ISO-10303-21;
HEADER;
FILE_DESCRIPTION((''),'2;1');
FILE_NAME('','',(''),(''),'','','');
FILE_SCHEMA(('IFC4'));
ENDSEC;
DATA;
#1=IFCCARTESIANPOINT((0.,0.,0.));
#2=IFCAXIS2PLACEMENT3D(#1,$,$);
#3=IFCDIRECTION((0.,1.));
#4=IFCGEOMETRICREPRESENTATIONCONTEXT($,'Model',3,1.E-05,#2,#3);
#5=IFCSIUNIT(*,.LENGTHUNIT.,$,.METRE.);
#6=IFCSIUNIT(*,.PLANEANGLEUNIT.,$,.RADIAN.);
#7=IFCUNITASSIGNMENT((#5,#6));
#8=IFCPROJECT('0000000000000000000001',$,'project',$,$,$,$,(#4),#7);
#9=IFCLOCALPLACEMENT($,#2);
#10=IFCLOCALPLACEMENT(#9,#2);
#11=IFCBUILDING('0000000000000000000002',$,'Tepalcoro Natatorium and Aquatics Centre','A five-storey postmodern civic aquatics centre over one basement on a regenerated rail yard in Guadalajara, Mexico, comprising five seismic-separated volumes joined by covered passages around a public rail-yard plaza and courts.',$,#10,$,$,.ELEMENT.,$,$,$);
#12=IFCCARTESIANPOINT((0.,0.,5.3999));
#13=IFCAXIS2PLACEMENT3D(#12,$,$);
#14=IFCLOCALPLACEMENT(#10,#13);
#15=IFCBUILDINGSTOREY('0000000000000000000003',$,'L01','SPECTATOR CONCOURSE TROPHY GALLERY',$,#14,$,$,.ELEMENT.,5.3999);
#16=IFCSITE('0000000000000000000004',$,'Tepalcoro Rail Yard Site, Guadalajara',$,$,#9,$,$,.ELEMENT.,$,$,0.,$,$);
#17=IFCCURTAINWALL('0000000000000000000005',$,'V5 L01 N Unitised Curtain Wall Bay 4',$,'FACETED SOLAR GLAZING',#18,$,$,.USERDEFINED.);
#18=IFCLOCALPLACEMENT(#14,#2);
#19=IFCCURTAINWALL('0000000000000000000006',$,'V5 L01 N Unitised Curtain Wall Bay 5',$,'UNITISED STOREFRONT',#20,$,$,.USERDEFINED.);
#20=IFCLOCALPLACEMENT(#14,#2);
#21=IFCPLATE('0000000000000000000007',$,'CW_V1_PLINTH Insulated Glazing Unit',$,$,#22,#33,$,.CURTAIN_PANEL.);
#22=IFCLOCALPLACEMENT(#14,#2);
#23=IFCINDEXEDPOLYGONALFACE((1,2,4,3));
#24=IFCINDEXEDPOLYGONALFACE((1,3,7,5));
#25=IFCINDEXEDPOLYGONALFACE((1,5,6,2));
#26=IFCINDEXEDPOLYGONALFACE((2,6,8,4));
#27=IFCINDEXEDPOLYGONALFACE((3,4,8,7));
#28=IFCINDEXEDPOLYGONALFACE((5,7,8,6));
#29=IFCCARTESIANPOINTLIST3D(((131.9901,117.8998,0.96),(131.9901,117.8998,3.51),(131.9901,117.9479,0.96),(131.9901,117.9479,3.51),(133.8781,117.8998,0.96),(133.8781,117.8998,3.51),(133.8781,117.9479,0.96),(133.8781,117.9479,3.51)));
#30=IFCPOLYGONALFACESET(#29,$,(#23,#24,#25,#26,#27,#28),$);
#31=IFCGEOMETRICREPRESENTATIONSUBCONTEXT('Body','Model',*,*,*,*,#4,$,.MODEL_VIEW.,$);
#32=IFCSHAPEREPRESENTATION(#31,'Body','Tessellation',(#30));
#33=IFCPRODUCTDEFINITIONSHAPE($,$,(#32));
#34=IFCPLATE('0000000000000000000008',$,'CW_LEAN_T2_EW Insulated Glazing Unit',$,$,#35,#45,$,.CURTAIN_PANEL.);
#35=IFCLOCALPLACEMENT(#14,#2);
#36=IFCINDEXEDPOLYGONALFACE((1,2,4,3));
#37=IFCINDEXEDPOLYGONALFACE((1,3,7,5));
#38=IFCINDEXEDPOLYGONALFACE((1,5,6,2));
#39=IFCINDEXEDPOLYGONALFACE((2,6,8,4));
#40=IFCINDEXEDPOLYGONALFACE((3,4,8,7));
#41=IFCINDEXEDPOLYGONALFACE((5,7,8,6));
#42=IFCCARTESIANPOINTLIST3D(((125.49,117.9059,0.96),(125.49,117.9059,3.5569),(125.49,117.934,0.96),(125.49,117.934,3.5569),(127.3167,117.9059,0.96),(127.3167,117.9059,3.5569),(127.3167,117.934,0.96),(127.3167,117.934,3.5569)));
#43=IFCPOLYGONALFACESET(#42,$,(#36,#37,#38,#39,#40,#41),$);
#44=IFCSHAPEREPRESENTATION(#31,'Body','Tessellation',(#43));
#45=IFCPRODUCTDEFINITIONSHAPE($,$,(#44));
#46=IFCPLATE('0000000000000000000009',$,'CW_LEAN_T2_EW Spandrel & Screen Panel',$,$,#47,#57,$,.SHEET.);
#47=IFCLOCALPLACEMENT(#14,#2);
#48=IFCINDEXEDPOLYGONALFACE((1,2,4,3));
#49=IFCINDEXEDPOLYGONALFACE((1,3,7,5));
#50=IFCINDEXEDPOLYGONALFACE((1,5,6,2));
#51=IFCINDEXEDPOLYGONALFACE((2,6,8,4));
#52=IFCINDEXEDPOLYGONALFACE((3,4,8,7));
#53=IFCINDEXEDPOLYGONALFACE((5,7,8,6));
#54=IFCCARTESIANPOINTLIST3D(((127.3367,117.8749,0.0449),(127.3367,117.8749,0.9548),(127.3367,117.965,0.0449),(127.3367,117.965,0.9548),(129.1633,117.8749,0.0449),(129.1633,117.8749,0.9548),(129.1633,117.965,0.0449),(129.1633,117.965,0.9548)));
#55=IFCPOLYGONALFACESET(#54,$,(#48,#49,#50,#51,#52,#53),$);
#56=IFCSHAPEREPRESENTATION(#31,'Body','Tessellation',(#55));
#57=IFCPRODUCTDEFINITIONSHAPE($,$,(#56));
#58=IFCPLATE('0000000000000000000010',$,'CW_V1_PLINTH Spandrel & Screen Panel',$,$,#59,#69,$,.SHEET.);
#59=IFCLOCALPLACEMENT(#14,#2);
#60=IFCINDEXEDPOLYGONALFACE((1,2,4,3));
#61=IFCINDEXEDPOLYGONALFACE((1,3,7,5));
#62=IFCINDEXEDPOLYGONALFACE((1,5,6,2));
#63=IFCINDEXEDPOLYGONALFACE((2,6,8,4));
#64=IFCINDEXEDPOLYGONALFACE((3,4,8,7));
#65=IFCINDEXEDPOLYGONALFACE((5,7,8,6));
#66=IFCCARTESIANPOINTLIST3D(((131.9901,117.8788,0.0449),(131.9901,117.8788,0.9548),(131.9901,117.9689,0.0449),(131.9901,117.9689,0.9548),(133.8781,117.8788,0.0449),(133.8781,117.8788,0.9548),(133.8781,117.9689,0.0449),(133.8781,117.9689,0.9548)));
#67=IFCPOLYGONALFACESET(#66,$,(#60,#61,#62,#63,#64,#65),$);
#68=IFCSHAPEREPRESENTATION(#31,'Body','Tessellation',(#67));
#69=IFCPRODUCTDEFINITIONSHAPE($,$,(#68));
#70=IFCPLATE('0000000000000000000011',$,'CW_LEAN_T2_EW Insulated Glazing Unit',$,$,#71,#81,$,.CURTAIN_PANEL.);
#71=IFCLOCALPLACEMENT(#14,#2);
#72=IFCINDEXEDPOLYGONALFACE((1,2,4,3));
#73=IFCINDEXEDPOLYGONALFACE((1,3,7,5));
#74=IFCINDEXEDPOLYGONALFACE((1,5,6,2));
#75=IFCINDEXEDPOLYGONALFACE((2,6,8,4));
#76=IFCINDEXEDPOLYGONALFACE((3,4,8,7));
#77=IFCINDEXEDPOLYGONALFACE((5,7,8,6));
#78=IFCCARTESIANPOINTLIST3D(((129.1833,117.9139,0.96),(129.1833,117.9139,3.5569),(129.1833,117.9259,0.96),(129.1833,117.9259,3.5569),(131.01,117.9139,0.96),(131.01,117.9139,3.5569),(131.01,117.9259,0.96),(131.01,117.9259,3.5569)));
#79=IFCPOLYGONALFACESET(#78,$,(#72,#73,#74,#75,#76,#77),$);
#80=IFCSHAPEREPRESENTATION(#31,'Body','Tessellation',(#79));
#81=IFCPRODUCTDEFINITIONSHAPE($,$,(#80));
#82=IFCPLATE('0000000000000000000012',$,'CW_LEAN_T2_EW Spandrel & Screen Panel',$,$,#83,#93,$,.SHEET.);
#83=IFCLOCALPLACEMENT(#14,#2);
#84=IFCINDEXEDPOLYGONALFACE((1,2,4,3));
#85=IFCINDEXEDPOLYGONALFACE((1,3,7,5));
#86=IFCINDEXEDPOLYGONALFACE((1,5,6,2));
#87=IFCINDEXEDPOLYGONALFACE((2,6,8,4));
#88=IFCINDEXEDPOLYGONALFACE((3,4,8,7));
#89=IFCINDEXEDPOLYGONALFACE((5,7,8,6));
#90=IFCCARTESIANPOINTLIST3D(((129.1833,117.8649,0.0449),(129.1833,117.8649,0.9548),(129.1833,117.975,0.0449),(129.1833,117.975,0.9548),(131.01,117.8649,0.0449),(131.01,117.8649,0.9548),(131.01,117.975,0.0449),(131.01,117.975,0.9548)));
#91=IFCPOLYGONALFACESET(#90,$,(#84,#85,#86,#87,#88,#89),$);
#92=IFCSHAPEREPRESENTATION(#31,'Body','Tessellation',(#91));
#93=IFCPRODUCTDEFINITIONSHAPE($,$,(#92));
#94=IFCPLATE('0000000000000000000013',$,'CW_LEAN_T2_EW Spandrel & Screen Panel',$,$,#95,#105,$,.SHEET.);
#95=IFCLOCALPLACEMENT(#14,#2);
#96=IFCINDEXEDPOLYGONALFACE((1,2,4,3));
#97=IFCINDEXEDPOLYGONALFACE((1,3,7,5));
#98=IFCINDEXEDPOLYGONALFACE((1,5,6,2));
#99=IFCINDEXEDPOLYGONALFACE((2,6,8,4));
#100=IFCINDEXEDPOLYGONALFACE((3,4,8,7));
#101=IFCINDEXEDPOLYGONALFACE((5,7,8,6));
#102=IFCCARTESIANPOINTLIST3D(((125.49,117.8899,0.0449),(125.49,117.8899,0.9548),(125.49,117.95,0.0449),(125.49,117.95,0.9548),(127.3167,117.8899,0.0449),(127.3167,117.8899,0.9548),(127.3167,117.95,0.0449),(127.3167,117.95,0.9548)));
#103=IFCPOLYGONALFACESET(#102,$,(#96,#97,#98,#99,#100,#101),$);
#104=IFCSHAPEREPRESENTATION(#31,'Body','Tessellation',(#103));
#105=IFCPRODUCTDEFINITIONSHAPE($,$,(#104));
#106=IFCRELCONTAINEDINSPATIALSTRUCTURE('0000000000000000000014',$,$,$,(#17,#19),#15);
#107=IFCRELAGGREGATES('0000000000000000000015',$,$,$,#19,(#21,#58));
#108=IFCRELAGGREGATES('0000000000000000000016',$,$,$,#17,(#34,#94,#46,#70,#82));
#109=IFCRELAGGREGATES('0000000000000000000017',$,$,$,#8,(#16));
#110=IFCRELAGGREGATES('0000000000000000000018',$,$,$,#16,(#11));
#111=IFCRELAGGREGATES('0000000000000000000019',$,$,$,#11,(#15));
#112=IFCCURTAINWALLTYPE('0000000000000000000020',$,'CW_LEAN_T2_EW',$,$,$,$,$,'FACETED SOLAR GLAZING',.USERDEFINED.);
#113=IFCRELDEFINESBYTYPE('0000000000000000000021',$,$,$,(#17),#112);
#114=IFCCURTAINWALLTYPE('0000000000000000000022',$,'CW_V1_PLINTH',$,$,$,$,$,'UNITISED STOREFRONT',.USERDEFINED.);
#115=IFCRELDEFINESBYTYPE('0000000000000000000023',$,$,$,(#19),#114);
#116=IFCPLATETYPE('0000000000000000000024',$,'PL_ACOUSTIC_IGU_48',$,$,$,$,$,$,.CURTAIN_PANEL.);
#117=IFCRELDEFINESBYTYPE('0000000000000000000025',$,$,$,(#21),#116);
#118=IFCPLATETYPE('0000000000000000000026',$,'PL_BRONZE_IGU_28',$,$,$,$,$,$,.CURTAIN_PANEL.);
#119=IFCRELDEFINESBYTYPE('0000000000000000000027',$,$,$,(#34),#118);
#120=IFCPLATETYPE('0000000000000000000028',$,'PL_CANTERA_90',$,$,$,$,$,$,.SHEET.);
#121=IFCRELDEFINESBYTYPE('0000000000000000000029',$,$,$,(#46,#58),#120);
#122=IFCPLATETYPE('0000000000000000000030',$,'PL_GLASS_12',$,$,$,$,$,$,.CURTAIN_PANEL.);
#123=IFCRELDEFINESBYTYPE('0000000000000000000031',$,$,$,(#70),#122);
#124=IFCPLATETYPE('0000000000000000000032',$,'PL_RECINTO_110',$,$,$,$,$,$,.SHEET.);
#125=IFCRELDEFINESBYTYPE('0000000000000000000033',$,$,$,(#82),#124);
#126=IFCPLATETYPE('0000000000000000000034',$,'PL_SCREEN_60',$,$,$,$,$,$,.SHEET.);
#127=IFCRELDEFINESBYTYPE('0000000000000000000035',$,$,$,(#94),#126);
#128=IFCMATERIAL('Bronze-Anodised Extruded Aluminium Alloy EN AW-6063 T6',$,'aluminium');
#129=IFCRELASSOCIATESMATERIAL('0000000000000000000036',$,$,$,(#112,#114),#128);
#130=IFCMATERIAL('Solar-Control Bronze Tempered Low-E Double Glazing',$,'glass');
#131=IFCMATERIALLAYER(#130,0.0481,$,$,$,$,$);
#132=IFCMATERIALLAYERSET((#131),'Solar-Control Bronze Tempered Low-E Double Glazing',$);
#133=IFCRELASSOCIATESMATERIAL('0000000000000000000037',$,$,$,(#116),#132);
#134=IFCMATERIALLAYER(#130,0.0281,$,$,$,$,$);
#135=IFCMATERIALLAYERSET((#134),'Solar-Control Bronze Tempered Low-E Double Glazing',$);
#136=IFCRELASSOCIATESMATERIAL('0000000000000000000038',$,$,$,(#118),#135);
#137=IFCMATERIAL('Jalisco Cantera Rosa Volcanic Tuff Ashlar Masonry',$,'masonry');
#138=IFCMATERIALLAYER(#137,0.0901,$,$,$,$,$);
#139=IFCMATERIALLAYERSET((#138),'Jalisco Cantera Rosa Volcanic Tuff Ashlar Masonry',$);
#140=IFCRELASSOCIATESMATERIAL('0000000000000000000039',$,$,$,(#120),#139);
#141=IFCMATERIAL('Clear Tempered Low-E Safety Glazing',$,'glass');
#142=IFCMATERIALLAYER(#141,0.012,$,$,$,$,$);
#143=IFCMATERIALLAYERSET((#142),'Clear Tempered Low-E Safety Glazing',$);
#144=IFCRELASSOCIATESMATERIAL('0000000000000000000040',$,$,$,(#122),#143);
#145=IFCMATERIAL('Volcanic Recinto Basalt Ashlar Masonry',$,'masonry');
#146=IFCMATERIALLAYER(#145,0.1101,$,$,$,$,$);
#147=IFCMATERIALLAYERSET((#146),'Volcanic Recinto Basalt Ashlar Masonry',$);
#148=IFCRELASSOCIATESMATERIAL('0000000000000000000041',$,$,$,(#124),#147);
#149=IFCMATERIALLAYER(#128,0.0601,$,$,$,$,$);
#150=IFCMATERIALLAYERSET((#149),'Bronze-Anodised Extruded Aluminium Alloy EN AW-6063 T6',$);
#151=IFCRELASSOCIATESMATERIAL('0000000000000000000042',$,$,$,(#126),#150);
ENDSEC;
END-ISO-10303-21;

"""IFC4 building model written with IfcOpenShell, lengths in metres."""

from ifc_helpers import new_model, si_unit, direction, frame, origin, origin_2d, place, context, subcontext, project, spatial, rectangle, extrude, material, layer, layer_set, type_object, element, aggregate, save


model = new_model("IFC4")

# Units and contexts
model_context = context("Model", 3, precision=1e-05, world=origin(), true_north=direction((0.0, 1.0)))
body_context = subcontext(model_context, "Body", "Model", "MODEL_VIEW")
ifc_project = project(units=[si_unit("LENGTHUNIT", "METRE"), si_unit("PLANEANGLEUNIT", "RADIAN")], contexts=[model_context])

# Site, building, storey
site_placement = place(None, origin())
site = spatial("IfcSite", under=ifc_project, at=site_placement, Name="Tepalcoro Rail Yard Site, Guadalajara", CompositionType="ELEMENT", RefElevation=0.0)
building_placement = place(site_placement, origin())
building = spatial("IfcBuilding", under=site, at=building_placement, Name="Tepalcoro Natatorium and Aquatics Centre", Description="A five-storey postmodern civic aquatics centre over one basement on a regenerated rail yard in Guadalajara, Mexico, comprising five seismic-separated volumes joined by covered passages around a public rail-yard plaza and courts.", CompositionType="ELEMENT")
storey_placement = place(building_placement, frame((0.0, 0.0, 5.3999)))
storey = spatial("IfcBuildingStorey", under=building, at=storey_placement, Name="L01", Description="SPECTATOR CONCOURSE TROPHY GALLERY", CompositionType="ELEMENT", Elevation=5.3999)

# Curtain walls
ifc_material_1 = material(Name="Bronze-Anodised Extruded Aluminium Alloy EN AW-6063 T6", Category="aluminium")
curtain_wall_type_1 = type_object("IfcCurtainWallType", Name="CW_LEAN_T2_EW", ElementType="FACETED SOLAR GLAZING", PredefinedType="USERDEFINED", material=ifc_material_1)
curtain_wall_1_placement = place(storey_placement, origin())
curtain_wall_1 = element("IfcCurtainWall", 1, at=curtain_wall_1_placement, inside=storey, type_object=curtain_wall_type_1, Name="V5 L01 N Unitised Curtain Wall Bay 4", ObjectType="FACETED SOLAR GLAZING", PredefinedType="USERDEFINED")
curtain_wall_type_2 = type_object("IfcCurtainWallType", Name="CW_V1_PLINTH", ElementType="UNITISED STOREFRONT", PredefinedType="USERDEFINED", material=ifc_material_1)
curtain_wall_2_placement = place(storey_placement, origin())
curtain_wall_2 = element("IfcCurtainWall", 2, at=curtain_wall_2_placement, inside=storey, type_object=curtain_wall_type_2, Name="V5 L01 N Unitised Curtain Wall Bay 5", ObjectType="UNITISED STOREFRONT", PredefinedType="USERDEFINED")

# Plates
ifc_material_2 = material(Name="Solar-Control Bronze Tempered Low-E Double Glazing", Category="glass")
ifc_layer_1 = layer(ifc_material_2, 0.0481)
ifc_layer_set_1 = layer_set([ifc_layer_1], Name="Solar-Control Bronze Tempered Low-E Double Glazing")
plate_type_1 = type_object("IfcPlateType", Name="PL_ACOUSTIC_IGU_48", PredefinedType="CURTAIN_PANEL", material=ifc_layer_set_1)
plate_1_placement = place(storey_placement, frame((132.9341, 117.9238, 0.96), z_axis=(0.0, 0.0, 1.0), x_axis=(1.0, 0.0, 0.0)))
plate_1 = element("IfcPlate", 3, at=plate_1_placement, type_object=plate_type_1, Name="CW_V1_PLINTH Insulated Glazing Unit", PredefinedType="CURTAIN_PANEL", context=body_context, shape_type="SweptSolid", body=[
    extrude(rectangle(XDim=1.8879, YDim=0.0481, at=origin_2d()), origin(), (0.0, 0.0, 1.0), 2.55),
])
ifc_layer_2 = layer(ifc_material_2, 0.0281)
ifc_layer_set_2 = layer_set([ifc_layer_2], Name="Solar-Control Bronze Tempered Low-E Double Glazing")
plate_type_2 = type_object("IfcPlateType", Name="PL_BRONZE_IGU_28", PredefinedType="CURTAIN_PANEL", material=ifc_layer_set_2)
plate_2_placement = place(storey_placement, frame((126.4033, 117.9199, 0.96), z_axis=(0.0, 0.0, 1.0), x_axis=(1.0, 0.0, 0.0)))
plate_2 = element("IfcPlate", 4, at=plate_2_placement, type_object=plate_type_2, Name="CW_LEAN_T2_EW Insulated Glazing Unit", PredefinedType="CURTAIN_PANEL", context=body_context, shape_type="SweptSolid", body=[
    extrude(rectangle(XDim=1.8267, YDim=0.0281, at=origin_2d()), origin(), (0.0, 0.0, 1.0), 2.5969),
])
ifc_material_3 = material(Name="Jalisco Cantera Rosa Volcanic Tuff Ashlar Masonry", Category="masonry")
ifc_layer_3 = layer(ifc_material_3, 0.0901)
ifc_layer_set_3 = layer_set([ifc_layer_3], Name="Jalisco Cantera Rosa Volcanic Tuff Ashlar Masonry")
plate_type_3 = type_object("IfcPlateType", Name="PL_CANTERA_90", PredefinedType="SHEET", material=ifc_layer_set_3)
plate_3_placement = place(storey_placement, frame((128.25, 117.9199, 0.0449), z_axis=(0.0, 0.0, 1.0), x_axis=(1.0, 0.0, 0.0)))
plate_3 = element("IfcPlate", 5, at=plate_3_placement, type_object=plate_type_3, Name="CW_LEAN_T2_EW Spandrel & Screen Panel", PredefinedType="SHEET", context=body_context, shape_type="SweptSolid", body=[
    extrude(rectangle(XDim=1.8267, YDim=0.0901, at=origin_2d()), origin(), (0.0, 0.0, 1.0), 0.9099),
])
plate_4_placement = place(storey_placement, frame((132.9341, 117.9238, 0.0449), z_axis=(0.0, 0.0, 1.0), x_axis=(1.0, 0.0, 0.0)))
plate_4 = element("IfcPlate", 6, at=plate_4_placement, type_object=plate_type_3, Name="CW_V1_PLINTH Spandrel & Screen Panel", PredefinedType="SHEET", context=body_context, shape_type="SweptSolid", body=[
    extrude(rectangle(XDim=1.8879, YDim=0.0901, at=origin_2d()), origin(), (0.0, 0.0, 1.0), 0.9099),
])
aggregate(curtain_wall_2, [plate_1, plate_4])
ifc_material_4 = material(Name="Clear Tempered Low-E Safety Glazing", Category="glass")
ifc_layer_4 = layer(ifc_material_4, 0.012)
ifc_layer_set_4 = layer_set([ifc_layer_4], Name="Clear Tempered Low-E Safety Glazing")
plate_type_4 = type_object("IfcPlateType", Name="PL_GLASS_12", PredefinedType="CURTAIN_PANEL", material=ifc_layer_set_4)
plate_5_placement = place(storey_placement, frame((130.0967, 117.9199, 0.96), z_axis=(0.0, 0.0, 1.0), x_axis=(1.0, 0.0, 0.0)))
plate_5 = element("IfcPlate", 7, at=plate_5_placement, type_object=plate_type_4, Name="CW_LEAN_T2_EW Insulated Glazing Unit", PredefinedType="CURTAIN_PANEL", context=body_context, shape_type="SweptSolid", body=[
    extrude(rectangle(XDim=1.8267, YDim=0.012, at=origin_2d()), origin(), (0.0, 0.0, 1.0), 2.5969),
])
ifc_material_5 = material(Name="Volcanic Recinto Basalt Ashlar Masonry", Category="masonry")
ifc_layer_5 = layer(ifc_material_5, 0.1101)
ifc_layer_set_5 = layer_set([ifc_layer_5], Name="Volcanic Recinto Basalt Ashlar Masonry")
plate_type_5 = type_object("IfcPlateType", Name="PL_RECINTO_110", PredefinedType="SHEET", material=ifc_layer_set_5)
plate_6_placement = place(storey_placement, frame((130.0967, 117.9199, 0.0449), z_axis=(0.0, 0.0, 1.0), x_axis=(1.0, 0.0, 0.0)))
plate_6 = element("IfcPlate", 8, at=plate_6_placement, type_object=plate_type_5, Name="CW_LEAN_T2_EW Spandrel & Screen Panel", PredefinedType="SHEET", context=body_context, shape_type="SweptSolid", body=[
    extrude(rectangle(XDim=1.8267, YDim=0.1101, at=origin_2d()), origin(), (0.0, 0.0, 1.0), 0.9099),
])
ifc_layer_6 = layer(ifc_material_1, 0.0601)
ifc_layer_set_6 = layer_set([ifc_layer_6], Name="Bronze-Anodised Extruded Aluminium Alloy EN AW-6063 T6")
plate_type_6 = type_object("IfcPlateType", Name="PL_SCREEN_60", PredefinedType="SHEET", material=ifc_layer_set_6)
plate_7_placement = place(storey_placement, frame((126.4033, 117.9199, 0.0449), z_axis=(0.0, 0.0, 1.0), x_axis=(1.0, 0.0, 0.0)))
plate_7 = element("IfcPlate", 9, at=plate_7_placement, type_object=plate_type_6, Name="CW_LEAN_T2_EW Spandrel & Screen Panel", PredefinedType="SHEET", context=body_context, shape_type="SweptSolid", body=[
    extrude(rectangle(XDim=1.8267, YDim=0.0601, at=origin_2d()), origin(), (0.0, 0.0, 1.0), 0.9099),
])
aggregate(curtain_wall_1, [plate_2, plate_7, plate_3, plate_5, plate_6])

save(model, "model.ifc")
